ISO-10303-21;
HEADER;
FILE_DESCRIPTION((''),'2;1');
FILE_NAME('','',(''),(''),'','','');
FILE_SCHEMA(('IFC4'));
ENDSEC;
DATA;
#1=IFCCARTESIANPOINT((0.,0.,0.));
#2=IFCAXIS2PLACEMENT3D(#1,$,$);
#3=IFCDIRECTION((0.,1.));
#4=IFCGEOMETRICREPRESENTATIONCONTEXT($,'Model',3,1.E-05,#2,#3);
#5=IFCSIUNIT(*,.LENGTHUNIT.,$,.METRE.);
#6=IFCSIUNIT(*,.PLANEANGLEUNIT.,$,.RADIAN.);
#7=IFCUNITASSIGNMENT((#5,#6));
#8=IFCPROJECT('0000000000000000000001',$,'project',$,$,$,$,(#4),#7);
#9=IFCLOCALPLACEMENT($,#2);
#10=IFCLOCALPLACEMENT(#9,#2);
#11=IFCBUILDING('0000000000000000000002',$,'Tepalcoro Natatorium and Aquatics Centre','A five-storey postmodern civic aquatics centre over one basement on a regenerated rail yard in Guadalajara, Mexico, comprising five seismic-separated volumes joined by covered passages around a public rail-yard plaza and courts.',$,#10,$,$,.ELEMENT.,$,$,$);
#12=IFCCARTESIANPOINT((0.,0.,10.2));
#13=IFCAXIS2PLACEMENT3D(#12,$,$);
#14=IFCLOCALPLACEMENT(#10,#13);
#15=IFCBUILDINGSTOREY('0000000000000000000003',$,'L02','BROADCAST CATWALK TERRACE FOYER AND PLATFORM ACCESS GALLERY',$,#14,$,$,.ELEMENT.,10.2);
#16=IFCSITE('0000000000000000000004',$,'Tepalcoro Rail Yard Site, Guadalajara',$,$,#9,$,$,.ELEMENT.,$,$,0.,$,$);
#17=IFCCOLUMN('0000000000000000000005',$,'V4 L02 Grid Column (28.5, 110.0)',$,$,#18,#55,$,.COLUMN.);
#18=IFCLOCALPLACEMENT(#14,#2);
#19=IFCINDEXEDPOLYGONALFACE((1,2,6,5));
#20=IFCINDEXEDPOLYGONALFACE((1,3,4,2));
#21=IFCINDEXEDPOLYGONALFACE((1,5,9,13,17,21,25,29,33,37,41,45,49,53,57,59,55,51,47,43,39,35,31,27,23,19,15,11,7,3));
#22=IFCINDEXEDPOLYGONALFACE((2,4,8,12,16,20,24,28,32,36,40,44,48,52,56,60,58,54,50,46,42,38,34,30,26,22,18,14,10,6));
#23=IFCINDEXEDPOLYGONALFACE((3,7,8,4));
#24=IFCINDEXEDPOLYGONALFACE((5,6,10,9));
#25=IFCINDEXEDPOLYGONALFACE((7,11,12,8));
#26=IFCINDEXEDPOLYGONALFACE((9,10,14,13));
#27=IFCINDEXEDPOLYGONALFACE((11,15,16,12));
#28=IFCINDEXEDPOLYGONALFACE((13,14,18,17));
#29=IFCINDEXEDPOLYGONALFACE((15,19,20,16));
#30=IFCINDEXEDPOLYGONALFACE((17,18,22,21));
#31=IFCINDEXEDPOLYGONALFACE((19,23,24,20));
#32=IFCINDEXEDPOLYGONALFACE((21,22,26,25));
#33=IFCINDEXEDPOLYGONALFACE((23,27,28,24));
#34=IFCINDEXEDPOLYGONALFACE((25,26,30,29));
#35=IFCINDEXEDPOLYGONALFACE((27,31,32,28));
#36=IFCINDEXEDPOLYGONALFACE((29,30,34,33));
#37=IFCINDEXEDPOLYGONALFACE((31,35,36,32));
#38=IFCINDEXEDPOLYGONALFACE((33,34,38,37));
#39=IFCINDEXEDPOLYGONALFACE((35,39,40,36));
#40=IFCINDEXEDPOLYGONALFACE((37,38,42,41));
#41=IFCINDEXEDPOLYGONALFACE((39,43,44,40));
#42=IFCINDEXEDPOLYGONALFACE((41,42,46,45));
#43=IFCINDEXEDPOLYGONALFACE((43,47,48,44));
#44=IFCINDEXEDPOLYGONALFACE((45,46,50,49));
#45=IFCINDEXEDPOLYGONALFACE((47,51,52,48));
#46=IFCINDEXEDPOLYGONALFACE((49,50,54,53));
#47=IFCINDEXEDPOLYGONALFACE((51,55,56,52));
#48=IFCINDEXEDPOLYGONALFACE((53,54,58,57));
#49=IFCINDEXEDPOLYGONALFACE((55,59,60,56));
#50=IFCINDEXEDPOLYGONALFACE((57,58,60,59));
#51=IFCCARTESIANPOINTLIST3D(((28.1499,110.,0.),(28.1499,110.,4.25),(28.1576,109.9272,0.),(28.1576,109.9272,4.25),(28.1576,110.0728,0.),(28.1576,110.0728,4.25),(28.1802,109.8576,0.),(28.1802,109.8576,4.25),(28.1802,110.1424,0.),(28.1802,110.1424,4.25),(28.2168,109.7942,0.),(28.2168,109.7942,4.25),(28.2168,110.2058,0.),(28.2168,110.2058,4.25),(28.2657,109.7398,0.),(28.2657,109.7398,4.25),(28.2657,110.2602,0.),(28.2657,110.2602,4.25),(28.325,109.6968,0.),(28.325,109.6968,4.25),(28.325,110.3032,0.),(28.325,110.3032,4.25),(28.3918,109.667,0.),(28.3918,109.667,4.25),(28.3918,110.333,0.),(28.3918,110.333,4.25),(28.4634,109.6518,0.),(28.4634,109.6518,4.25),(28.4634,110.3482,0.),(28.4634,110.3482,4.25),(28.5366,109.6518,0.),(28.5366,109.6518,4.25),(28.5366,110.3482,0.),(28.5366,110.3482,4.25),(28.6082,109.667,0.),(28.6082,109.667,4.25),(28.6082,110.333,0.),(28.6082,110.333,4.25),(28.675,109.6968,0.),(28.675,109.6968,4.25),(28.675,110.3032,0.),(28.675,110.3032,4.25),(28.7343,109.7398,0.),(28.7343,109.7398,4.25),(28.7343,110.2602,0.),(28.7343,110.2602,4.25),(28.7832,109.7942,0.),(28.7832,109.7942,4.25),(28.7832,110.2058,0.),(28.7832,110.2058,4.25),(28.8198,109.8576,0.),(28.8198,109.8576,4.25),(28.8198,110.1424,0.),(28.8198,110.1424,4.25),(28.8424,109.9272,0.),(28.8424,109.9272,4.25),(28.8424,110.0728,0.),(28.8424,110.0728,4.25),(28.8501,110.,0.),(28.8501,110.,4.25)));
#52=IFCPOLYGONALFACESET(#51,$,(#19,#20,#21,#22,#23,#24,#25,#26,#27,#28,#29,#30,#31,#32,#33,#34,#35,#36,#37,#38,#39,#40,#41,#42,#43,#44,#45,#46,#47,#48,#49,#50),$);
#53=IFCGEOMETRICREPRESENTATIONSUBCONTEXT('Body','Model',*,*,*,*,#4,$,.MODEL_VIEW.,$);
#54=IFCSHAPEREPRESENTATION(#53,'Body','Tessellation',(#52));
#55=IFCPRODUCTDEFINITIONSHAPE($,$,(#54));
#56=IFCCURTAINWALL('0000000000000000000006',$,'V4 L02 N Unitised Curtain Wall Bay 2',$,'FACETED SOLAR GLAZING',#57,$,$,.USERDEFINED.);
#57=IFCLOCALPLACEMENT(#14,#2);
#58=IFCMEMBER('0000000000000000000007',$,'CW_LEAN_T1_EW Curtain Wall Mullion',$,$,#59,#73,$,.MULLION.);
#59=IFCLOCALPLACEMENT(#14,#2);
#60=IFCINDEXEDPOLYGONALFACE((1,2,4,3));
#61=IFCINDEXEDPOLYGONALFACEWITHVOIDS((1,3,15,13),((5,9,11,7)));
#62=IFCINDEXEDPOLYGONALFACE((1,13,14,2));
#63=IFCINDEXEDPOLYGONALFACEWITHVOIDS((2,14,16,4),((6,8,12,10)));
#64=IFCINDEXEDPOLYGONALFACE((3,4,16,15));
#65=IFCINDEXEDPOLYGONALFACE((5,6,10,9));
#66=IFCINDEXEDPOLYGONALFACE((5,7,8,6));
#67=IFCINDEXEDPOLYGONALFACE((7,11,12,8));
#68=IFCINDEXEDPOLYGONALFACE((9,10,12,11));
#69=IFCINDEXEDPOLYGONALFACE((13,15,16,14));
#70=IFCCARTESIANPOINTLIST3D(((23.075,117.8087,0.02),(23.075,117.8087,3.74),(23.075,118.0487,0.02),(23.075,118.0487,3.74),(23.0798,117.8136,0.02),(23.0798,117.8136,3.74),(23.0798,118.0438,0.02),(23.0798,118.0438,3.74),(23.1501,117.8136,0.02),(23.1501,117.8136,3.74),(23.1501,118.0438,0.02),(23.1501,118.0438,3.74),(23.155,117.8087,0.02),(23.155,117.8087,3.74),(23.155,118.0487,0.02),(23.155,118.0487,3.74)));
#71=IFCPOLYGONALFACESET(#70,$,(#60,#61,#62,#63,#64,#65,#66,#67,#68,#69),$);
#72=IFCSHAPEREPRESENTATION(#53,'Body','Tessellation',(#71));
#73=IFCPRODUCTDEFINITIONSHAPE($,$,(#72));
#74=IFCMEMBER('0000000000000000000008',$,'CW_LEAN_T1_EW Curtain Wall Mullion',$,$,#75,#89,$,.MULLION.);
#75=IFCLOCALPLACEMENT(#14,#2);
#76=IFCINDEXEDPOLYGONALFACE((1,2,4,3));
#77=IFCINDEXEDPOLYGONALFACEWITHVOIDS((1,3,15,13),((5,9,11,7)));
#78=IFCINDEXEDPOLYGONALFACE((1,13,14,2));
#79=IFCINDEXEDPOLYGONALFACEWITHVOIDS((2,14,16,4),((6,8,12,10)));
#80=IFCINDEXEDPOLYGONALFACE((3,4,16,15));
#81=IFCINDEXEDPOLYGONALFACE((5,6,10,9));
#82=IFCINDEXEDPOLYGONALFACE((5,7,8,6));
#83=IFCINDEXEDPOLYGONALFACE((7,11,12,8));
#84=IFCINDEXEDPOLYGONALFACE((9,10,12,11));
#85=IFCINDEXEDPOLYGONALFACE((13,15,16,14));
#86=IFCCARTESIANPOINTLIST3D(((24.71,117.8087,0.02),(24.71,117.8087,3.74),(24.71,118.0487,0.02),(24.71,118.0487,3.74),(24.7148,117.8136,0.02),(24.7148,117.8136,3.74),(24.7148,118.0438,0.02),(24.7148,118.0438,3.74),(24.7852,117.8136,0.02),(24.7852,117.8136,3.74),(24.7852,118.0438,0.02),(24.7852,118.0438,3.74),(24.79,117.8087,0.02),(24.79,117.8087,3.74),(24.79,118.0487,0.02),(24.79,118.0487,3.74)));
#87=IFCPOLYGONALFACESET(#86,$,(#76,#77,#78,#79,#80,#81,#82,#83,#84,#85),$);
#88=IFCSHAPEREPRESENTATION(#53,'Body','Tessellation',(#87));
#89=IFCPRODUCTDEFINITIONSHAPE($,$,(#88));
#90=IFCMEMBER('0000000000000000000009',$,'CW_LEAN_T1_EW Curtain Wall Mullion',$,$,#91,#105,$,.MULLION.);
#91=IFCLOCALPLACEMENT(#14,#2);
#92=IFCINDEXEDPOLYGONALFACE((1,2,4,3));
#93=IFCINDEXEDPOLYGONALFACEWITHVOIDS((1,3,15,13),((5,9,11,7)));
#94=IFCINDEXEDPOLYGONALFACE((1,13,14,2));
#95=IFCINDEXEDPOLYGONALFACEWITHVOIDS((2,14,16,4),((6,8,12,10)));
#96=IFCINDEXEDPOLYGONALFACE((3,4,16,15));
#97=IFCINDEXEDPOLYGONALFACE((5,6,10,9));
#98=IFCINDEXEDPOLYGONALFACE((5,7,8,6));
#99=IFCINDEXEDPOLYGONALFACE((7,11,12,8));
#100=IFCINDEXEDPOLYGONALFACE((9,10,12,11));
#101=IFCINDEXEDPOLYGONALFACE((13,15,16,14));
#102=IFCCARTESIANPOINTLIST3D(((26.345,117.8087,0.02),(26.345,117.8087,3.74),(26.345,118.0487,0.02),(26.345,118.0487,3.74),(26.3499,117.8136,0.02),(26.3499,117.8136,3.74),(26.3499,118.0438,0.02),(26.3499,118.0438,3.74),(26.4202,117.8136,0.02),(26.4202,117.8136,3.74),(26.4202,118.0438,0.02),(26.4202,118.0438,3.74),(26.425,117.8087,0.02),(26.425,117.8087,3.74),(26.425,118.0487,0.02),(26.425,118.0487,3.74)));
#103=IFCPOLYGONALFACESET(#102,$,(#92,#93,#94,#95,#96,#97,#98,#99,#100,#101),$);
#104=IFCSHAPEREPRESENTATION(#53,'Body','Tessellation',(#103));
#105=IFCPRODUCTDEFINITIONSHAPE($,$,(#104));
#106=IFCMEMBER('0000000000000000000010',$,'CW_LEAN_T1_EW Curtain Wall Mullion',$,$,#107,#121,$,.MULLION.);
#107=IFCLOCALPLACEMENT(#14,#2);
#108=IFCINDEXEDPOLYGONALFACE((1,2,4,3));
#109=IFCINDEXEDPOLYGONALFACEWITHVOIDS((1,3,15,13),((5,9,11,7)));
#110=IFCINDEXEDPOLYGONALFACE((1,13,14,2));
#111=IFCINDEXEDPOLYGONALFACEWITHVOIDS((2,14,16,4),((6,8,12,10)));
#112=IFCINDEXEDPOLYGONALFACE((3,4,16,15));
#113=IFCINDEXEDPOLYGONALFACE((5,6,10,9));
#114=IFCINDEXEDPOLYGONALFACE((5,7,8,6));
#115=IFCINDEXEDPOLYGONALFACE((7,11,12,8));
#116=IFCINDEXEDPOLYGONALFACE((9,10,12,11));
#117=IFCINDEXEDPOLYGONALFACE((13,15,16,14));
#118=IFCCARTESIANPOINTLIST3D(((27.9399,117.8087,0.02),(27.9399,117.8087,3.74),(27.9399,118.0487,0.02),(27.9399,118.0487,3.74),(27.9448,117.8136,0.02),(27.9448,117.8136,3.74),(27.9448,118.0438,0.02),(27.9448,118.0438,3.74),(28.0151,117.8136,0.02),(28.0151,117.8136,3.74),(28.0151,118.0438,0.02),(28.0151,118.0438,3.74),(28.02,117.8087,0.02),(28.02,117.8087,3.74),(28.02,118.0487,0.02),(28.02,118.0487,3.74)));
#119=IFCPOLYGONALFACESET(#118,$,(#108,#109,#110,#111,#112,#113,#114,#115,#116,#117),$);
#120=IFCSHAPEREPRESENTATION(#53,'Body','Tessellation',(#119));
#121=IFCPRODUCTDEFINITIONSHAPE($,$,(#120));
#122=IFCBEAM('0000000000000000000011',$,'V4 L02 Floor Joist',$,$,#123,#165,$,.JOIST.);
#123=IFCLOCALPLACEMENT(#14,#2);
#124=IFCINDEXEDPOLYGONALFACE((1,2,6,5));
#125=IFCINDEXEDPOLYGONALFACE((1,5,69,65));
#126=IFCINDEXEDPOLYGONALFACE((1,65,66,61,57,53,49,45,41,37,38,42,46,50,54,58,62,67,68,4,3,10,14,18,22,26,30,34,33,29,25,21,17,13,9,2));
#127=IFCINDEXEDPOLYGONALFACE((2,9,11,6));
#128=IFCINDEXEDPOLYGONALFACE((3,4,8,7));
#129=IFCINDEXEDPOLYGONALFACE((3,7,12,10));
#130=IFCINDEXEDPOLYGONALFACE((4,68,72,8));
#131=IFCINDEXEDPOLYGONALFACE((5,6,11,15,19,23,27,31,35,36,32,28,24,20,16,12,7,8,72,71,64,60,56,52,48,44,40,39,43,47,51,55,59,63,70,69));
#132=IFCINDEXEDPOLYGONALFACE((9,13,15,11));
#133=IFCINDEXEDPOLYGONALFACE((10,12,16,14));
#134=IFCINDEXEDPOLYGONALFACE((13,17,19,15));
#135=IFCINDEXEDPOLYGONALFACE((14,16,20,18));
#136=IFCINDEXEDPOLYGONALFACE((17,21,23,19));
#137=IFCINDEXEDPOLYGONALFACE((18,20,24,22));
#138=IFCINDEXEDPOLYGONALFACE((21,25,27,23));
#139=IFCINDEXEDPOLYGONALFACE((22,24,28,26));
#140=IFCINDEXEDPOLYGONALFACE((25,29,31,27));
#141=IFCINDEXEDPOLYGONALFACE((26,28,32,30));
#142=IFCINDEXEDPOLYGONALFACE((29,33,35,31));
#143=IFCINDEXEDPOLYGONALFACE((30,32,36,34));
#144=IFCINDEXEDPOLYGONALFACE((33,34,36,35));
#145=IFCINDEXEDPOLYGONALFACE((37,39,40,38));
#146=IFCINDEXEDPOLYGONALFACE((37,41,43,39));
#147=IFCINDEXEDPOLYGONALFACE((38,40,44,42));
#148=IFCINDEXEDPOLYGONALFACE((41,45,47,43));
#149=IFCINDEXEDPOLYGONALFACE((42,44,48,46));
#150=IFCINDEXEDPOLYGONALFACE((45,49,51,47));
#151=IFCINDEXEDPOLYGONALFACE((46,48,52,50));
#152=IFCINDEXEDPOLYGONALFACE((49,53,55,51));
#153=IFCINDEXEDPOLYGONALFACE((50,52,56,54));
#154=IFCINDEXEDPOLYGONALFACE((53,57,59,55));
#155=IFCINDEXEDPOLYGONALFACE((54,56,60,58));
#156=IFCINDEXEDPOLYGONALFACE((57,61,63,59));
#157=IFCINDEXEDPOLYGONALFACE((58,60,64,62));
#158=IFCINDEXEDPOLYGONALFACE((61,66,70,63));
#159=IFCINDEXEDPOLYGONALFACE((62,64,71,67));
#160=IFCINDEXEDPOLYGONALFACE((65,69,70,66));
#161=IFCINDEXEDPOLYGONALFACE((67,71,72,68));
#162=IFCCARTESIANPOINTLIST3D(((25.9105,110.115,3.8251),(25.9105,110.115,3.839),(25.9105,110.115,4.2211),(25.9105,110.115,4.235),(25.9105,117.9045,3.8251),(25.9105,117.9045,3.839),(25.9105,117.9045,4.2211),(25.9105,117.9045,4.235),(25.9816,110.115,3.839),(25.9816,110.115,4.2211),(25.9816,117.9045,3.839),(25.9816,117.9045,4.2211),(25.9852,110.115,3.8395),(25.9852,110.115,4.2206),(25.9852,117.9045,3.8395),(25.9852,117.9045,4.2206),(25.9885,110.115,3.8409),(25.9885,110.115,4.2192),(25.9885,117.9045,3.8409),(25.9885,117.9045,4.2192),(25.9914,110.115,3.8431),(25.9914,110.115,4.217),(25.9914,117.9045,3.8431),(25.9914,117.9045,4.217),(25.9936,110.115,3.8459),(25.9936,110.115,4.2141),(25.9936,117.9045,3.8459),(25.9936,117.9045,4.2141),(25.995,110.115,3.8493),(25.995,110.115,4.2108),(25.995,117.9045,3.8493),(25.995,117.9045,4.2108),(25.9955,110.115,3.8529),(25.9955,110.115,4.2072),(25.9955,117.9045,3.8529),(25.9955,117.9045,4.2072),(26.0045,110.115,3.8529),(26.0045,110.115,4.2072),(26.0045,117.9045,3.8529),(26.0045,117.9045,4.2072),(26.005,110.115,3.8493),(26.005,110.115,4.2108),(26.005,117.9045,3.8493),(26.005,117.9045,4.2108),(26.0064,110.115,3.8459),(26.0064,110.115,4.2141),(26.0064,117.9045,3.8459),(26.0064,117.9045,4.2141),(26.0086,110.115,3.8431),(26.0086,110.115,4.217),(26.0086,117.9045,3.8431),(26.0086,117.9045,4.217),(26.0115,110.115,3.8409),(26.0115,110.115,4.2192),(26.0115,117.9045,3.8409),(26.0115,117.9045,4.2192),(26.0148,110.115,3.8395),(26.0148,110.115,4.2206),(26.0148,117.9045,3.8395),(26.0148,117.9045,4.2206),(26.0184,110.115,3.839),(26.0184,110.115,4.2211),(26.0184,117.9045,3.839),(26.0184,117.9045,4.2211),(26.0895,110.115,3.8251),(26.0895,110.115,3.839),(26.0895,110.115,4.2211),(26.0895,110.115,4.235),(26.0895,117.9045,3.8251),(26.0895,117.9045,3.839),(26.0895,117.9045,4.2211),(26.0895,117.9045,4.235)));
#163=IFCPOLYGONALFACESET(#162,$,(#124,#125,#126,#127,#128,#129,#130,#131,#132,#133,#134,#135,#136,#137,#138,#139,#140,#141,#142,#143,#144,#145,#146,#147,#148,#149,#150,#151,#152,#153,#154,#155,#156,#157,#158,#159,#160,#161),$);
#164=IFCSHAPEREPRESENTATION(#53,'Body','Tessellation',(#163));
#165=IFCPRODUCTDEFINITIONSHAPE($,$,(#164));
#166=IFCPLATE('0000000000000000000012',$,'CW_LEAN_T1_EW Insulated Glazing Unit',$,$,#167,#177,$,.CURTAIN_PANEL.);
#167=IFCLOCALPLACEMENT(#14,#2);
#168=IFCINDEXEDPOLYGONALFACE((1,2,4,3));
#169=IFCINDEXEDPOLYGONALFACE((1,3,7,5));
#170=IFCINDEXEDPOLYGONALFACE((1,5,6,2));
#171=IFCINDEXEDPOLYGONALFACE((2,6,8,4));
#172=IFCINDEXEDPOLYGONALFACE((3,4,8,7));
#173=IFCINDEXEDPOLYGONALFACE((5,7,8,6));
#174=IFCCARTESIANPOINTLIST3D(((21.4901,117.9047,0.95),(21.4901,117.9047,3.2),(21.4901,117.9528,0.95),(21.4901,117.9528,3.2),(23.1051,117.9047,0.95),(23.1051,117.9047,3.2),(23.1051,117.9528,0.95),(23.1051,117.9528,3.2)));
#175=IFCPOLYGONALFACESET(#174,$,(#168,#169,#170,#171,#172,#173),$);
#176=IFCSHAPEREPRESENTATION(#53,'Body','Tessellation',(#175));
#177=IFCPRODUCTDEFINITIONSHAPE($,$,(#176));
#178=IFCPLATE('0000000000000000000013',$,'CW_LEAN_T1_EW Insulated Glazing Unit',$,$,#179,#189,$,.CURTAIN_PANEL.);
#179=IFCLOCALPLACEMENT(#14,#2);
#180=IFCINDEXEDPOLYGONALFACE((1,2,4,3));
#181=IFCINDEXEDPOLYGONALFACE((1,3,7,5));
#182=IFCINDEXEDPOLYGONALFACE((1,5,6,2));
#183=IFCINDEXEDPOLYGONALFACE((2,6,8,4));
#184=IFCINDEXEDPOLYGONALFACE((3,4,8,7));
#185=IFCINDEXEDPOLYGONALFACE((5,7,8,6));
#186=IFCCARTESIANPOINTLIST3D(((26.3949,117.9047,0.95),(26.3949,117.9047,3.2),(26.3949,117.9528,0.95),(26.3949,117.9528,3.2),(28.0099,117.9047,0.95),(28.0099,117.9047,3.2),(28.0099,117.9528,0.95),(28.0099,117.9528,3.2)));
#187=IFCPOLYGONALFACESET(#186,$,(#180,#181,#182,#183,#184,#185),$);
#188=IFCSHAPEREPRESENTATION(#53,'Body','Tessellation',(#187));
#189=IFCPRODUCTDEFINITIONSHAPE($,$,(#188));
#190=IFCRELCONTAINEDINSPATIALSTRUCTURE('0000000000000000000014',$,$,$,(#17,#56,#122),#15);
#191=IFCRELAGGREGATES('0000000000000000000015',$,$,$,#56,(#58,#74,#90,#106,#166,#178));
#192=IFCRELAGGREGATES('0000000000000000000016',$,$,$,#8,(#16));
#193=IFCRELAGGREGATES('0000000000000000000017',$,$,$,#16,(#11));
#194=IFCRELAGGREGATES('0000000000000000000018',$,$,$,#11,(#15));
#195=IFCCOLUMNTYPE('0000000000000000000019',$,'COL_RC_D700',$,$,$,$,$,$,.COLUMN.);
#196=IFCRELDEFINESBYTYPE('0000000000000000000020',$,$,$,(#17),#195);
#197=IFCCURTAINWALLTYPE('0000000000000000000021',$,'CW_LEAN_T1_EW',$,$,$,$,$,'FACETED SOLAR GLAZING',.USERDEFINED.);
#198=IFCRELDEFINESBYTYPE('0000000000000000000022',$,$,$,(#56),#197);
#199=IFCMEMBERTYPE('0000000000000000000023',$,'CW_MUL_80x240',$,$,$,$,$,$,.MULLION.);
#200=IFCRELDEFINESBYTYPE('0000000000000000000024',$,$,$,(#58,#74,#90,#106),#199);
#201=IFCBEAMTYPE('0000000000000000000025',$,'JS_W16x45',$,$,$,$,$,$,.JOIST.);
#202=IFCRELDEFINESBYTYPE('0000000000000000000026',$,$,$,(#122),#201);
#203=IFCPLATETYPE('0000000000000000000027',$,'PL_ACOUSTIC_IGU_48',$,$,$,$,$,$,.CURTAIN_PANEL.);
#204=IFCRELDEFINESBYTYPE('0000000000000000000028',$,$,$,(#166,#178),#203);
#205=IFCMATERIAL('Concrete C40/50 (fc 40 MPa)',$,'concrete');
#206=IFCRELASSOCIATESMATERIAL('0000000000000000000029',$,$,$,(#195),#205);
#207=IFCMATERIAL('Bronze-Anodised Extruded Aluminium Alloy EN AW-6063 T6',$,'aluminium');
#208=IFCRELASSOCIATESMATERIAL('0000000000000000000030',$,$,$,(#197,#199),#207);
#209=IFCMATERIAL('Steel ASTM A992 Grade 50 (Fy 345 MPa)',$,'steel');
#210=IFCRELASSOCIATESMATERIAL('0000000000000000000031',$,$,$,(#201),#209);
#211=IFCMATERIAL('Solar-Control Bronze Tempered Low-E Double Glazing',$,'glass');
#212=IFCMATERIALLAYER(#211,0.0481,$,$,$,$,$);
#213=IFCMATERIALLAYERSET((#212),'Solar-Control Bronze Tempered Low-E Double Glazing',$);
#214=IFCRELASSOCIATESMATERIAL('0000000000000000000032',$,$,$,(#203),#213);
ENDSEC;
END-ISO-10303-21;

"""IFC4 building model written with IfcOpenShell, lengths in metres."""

from ifc_helpers import new_model, si_unit, direction, frame, origin, origin_2d, place, context, subcontext, project, spatial, rectangle, hollow_rectangle, circle, i_section, extrude, material, layer, layer_set, material_profile, profile_set, type_object, element, aggregate, save


model = new_model("IFC4")

# Units and contexts
model_context = context("Model", 3, precision=1e-05, world=origin(), true_north=direction((0.0, 1.0)))
body_context = subcontext(model_context, "Body", "Model", "MODEL_VIEW")
ifc_project = project(units=[si_unit("LENGTHUNIT", "METRE"), si_unit("PLANEANGLEUNIT", "RADIAN")], contexts=[model_context])

# Site, building, storey
site_placement = place(None, origin())
site = spatial("IfcSite", under=ifc_project, at=site_placement, Name="Tepalcoro Rail Yard Site, Guadalajara", CompositionType="ELEMENT", RefElevation=0.0)
building_placement = place(site_placement, origin())
building = spatial("IfcBuilding", under=site, at=building_placement, Name="Tepalcoro Natatorium and Aquatics Centre", Description="A five-storey postmodern civic aquatics centre over one basement on a regenerated rail yard in Guadalajara, Mexico, comprising five seismic-separated volumes joined by covered passages around a public rail-yard plaza and courts.", CompositionType="ELEMENT")
storey_placement = place(building_placement, frame((0.0, 0.0, 10.2)))
storey = spatial("IfcBuildingStorey", under=building, at=storey_placement, Name="L02", Description="BROADCAST CATWALK TERRACE FOYER AND PLATFORM ACCESS GALLERY", CompositionType="ELEMENT", Elevation=10.2)

# Column
ifc_material_1 = material(Name="Concrete C40/50 (fc 40 MPa)", Category="concrete")
ifc_material_profile_1 = material_profile(ifc_material_1, circle(Radius=0.3501, at=origin_2d()), Name="RCD700")
ifc_profile_set_1 = profile_set([ifc_material_profile_1], Name="Concrete C40/50 (fc 40 MPa)")
column_type = type_object("IfcColumnType", Name="COL_RC_D700", PredefinedType="COLUMN", material=ifc_profile_set_1)
column_placement = place(storey_placement, frame((28.5, 110.0, 0.0), z_axis=(0.0, 0.0, 1.0), x_axis=(1.0, 0.0, 0.0)))
element("IfcColumn", 1, at=column_placement, inside=storey, type_object=column_type, Name="V4 L02 Grid Column (28.5, 110.0)", PredefinedType="COLUMN", context=body_context, shape_type="SweptSolid", body=[
    extrude(circle(Radius=0.3501, at=origin_2d()), origin(), (0.0, 0.0, 1.0), 4.25),
])

# Curtain wall, members
ifc_material_2 = material(Name="Bronze-Anodised Extruded Aluminium Alloy EN AW-6063 T6", Category="aluminium")
curtain_wall_type = type_object("IfcCurtainWallType", Name="CW_LEAN_T1_EW", ElementType="FACETED SOLAR GLAZING", PredefinedType="USERDEFINED", material=ifc_material_2)
curtain_wall_placement = place(storey_placement, origin())
curtain_wall = element("IfcCurtainWall", 2, at=curtain_wall_placement, inside=storey, type_object=curtain_wall_type, Name="V4 L02 N Unitised Curtain Wall Bay 2", ObjectType="FACETED SOLAR GLAZING", PredefinedType="USERDEFINED")
ifc_material_profile_2 = material_profile(ifc_material_2, hollow_rectangle(XDim=0.0801, YDim=0.24, WallThickness=0.0049, at=origin_2d()), Name="AL80X240X5")
ifc_profile_set_2 = profile_set([ifc_material_profile_2], Name="Bronze-Anodised Extruded Aluminium Alloy EN AW-6063 T6")
member_type = type_object("IfcMemberType", Name="CW_MUL_80x240", PredefinedType="MULLION", material=ifc_profile_set_2)
member_1_placement = place(storey_placement, frame((23.115, 117.9287, 0.02), z_axis=(0.0, 0.0, 1.0), x_axis=(1.0, 0.0, 0.0)))
member_1 = element("IfcMember", 3, at=member_1_placement, type_object=member_type, Name="CW_LEAN_T1_EW Curtain Wall Mullion", PredefinedType="MULLION", context=body_context, shape_type="SweptSolid", body=[
    extrude(hollow_rectangle(XDim=0.0801, YDim=0.24, WallThickness=0.0049, at=origin_2d()), origin(), (0.0, 0.0, 1.0), 3.72),
])
member_2_placement = place(storey_placement, frame((24.75, 117.9287, 0.02), z_axis=(0.0, 0.0, 1.0), x_axis=(1.0, 0.0, 0.0)))
member_2 = element("IfcMember", 4, at=member_2_placement, type_object=member_type, Name="CW_LEAN_T1_EW Curtain Wall Mullion", PredefinedType="MULLION", context=body_context, shape_type="SweptSolid", body=[
    extrude(hollow_rectangle(XDim=0.0801, YDim=0.24, WallThickness=0.0049, at=origin_2d()), origin(), (0.0, 0.0, 1.0), 3.72),
])
member_3_placement = place(storey_placement, frame((26.385, 117.9287, 0.02), z_axis=(0.0, 0.0, 1.0), x_axis=(1.0, 0.0, 0.0)))
member_3 = element("IfcMember", 5, at=member_3_placement, type_object=member_type, Name="CW_LEAN_T1_EW Curtain Wall Mullion", PredefinedType="MULLION", context=body_context, shape_type="SweptSolid", body=[
    extrude(hollow_rectangle(XDim=0.0801, YDim=0.24, WallThickness=0.0049, at=origin_2d()), origin(), (0.0, 0.0, 1.0), 3.72),
])
member_4_placement = place(storey_placement, frame((27.98, 117.9287, 0.02), z_axis=(0.0, 0.0, 1.0), x_axis=(1.0, 0.0, 0.0)))
member_4 = element("IfcMember", 6, at=member_4_placement, type_object=member_type, Name="CW_LEAN_T1_EW Curtain Wall Mullion", PredefinedType="MULLION", context=body_context, shape_type="SweptSolid", body=[
    extrude(hollow_rectangle(XDim=0.0801, YDim=0.24, WallThickness=0.0049, at=origin_2d()), origin(), (0.0, 0.0, 1.0), 3.72),
])

# Beam
ifc_material_3 = material(Name="Steel ASTM A992 Grade 50 (Fy 345 MPa)", Category="steel")
ifc_material_profile_3 = material_profile(ifc_material_3, i_section(OverallWidth=0.179, OverallDepth=0.4099, WebThickness=0.009, FlangeThickness=0.0139, FilletRadius=0.0139, at=origin_2d()), Name="W16X45")
ifc_profile_set_3 = profile_set([ifc_material_profile_3], Name="Steel ASTM A992 Grade 50 (Fy 345 MPa)")
beam_type = type_object("IfcBeamType", Name="JS_W16x45", PredefinedType="JOIST", material=ifc_profile_set_3)
beam_placement = place(storey_placement, frame((26.0, 110.115, 4.03), z_axis=(0.0, 1.0, 0.0), x_axis=(-1.0, 0.0, 0.0)))
element("IfcBeam", 7, at=beam_placement, inside=storey, type_object=beam_type, Name="V4 L02 Floor Joist", PredefinedType="JOIST", context=body_context, shape_type="SweptSolid", body=[
    extrude(i_section(OverallWidth=0.179, OverallDepth=0.4099, WebThickness=0.009, FlangeThickness=0.0139, FilletRadius=0.0139, at=origin_2d()), origin(), (0.0, 0.0, 1.0), 7.7896),
])

# Plates
ifc_material_4 = material(Name="Solar-Control Bronze Tempered Low-E Double Glazing", Category="glass")
ifc_layer_1 = layer(ifc_material_4, 0.0481)
ifc_layer_set_1 = layer_set([ifc_layer_1], Name="Solar-Control Bronze Tempered Low-E Double Glazing")
plate_type_1 = type_object("IfcPlateType", Name="PL_ACOUSTIC_IGU_48", PredefinedType="CURTAIN_PANEL", material=ifc_layer_set_1)
plate_1_placement = place(storey_placement, frame((22.2976, 117.9287, 0.95), z_axis=(0.0, 0.0, 1.0), x_axis=(1.0, 0.0, 0.0)))
plate_1 = element("IfcPlate", 8, at=plate_1_placement, type_object=plate_type_1, Name="CW_LEAN_T1_EW Insulated Glazing Unit", PredefinedType="CURTAIN_PANEL", context=body_context, shape_type="SweptSolid", body=[
    extrude(rectangle(XDim=1.615, YDim=0.0481, at=origin_2d()), origin(), (0.0, 0.0, 1.0), 2.25),
])
plate_2_placement = place(storey_placement, frame((27.2024, 117.9287, 0.95), z_axis=(0.0, 0.0, 1.0), x_axis=(1.0, 0.0, 0.0)))
plate_2 = element("IfcPlate", 9, at=plate_2_placement, type_object=plate_type_1, Name="CW_LEAN_T1_EW Insulated Glazing Unit", PredefinedType="CURTAIN_PANEL", context=body_context, shape_type="SweptSolid", body=[
    extrude(rectangle(XDim=1.615, YDim=0.0481, at=origin_2d()), origin(), (0.0, 0.0, 1.0), 2.25),
])
aggregate(curtain_wall, [member_1, member_2, member_3, member_4, plate_1, plate_2])

save(model, "model.ifc")
